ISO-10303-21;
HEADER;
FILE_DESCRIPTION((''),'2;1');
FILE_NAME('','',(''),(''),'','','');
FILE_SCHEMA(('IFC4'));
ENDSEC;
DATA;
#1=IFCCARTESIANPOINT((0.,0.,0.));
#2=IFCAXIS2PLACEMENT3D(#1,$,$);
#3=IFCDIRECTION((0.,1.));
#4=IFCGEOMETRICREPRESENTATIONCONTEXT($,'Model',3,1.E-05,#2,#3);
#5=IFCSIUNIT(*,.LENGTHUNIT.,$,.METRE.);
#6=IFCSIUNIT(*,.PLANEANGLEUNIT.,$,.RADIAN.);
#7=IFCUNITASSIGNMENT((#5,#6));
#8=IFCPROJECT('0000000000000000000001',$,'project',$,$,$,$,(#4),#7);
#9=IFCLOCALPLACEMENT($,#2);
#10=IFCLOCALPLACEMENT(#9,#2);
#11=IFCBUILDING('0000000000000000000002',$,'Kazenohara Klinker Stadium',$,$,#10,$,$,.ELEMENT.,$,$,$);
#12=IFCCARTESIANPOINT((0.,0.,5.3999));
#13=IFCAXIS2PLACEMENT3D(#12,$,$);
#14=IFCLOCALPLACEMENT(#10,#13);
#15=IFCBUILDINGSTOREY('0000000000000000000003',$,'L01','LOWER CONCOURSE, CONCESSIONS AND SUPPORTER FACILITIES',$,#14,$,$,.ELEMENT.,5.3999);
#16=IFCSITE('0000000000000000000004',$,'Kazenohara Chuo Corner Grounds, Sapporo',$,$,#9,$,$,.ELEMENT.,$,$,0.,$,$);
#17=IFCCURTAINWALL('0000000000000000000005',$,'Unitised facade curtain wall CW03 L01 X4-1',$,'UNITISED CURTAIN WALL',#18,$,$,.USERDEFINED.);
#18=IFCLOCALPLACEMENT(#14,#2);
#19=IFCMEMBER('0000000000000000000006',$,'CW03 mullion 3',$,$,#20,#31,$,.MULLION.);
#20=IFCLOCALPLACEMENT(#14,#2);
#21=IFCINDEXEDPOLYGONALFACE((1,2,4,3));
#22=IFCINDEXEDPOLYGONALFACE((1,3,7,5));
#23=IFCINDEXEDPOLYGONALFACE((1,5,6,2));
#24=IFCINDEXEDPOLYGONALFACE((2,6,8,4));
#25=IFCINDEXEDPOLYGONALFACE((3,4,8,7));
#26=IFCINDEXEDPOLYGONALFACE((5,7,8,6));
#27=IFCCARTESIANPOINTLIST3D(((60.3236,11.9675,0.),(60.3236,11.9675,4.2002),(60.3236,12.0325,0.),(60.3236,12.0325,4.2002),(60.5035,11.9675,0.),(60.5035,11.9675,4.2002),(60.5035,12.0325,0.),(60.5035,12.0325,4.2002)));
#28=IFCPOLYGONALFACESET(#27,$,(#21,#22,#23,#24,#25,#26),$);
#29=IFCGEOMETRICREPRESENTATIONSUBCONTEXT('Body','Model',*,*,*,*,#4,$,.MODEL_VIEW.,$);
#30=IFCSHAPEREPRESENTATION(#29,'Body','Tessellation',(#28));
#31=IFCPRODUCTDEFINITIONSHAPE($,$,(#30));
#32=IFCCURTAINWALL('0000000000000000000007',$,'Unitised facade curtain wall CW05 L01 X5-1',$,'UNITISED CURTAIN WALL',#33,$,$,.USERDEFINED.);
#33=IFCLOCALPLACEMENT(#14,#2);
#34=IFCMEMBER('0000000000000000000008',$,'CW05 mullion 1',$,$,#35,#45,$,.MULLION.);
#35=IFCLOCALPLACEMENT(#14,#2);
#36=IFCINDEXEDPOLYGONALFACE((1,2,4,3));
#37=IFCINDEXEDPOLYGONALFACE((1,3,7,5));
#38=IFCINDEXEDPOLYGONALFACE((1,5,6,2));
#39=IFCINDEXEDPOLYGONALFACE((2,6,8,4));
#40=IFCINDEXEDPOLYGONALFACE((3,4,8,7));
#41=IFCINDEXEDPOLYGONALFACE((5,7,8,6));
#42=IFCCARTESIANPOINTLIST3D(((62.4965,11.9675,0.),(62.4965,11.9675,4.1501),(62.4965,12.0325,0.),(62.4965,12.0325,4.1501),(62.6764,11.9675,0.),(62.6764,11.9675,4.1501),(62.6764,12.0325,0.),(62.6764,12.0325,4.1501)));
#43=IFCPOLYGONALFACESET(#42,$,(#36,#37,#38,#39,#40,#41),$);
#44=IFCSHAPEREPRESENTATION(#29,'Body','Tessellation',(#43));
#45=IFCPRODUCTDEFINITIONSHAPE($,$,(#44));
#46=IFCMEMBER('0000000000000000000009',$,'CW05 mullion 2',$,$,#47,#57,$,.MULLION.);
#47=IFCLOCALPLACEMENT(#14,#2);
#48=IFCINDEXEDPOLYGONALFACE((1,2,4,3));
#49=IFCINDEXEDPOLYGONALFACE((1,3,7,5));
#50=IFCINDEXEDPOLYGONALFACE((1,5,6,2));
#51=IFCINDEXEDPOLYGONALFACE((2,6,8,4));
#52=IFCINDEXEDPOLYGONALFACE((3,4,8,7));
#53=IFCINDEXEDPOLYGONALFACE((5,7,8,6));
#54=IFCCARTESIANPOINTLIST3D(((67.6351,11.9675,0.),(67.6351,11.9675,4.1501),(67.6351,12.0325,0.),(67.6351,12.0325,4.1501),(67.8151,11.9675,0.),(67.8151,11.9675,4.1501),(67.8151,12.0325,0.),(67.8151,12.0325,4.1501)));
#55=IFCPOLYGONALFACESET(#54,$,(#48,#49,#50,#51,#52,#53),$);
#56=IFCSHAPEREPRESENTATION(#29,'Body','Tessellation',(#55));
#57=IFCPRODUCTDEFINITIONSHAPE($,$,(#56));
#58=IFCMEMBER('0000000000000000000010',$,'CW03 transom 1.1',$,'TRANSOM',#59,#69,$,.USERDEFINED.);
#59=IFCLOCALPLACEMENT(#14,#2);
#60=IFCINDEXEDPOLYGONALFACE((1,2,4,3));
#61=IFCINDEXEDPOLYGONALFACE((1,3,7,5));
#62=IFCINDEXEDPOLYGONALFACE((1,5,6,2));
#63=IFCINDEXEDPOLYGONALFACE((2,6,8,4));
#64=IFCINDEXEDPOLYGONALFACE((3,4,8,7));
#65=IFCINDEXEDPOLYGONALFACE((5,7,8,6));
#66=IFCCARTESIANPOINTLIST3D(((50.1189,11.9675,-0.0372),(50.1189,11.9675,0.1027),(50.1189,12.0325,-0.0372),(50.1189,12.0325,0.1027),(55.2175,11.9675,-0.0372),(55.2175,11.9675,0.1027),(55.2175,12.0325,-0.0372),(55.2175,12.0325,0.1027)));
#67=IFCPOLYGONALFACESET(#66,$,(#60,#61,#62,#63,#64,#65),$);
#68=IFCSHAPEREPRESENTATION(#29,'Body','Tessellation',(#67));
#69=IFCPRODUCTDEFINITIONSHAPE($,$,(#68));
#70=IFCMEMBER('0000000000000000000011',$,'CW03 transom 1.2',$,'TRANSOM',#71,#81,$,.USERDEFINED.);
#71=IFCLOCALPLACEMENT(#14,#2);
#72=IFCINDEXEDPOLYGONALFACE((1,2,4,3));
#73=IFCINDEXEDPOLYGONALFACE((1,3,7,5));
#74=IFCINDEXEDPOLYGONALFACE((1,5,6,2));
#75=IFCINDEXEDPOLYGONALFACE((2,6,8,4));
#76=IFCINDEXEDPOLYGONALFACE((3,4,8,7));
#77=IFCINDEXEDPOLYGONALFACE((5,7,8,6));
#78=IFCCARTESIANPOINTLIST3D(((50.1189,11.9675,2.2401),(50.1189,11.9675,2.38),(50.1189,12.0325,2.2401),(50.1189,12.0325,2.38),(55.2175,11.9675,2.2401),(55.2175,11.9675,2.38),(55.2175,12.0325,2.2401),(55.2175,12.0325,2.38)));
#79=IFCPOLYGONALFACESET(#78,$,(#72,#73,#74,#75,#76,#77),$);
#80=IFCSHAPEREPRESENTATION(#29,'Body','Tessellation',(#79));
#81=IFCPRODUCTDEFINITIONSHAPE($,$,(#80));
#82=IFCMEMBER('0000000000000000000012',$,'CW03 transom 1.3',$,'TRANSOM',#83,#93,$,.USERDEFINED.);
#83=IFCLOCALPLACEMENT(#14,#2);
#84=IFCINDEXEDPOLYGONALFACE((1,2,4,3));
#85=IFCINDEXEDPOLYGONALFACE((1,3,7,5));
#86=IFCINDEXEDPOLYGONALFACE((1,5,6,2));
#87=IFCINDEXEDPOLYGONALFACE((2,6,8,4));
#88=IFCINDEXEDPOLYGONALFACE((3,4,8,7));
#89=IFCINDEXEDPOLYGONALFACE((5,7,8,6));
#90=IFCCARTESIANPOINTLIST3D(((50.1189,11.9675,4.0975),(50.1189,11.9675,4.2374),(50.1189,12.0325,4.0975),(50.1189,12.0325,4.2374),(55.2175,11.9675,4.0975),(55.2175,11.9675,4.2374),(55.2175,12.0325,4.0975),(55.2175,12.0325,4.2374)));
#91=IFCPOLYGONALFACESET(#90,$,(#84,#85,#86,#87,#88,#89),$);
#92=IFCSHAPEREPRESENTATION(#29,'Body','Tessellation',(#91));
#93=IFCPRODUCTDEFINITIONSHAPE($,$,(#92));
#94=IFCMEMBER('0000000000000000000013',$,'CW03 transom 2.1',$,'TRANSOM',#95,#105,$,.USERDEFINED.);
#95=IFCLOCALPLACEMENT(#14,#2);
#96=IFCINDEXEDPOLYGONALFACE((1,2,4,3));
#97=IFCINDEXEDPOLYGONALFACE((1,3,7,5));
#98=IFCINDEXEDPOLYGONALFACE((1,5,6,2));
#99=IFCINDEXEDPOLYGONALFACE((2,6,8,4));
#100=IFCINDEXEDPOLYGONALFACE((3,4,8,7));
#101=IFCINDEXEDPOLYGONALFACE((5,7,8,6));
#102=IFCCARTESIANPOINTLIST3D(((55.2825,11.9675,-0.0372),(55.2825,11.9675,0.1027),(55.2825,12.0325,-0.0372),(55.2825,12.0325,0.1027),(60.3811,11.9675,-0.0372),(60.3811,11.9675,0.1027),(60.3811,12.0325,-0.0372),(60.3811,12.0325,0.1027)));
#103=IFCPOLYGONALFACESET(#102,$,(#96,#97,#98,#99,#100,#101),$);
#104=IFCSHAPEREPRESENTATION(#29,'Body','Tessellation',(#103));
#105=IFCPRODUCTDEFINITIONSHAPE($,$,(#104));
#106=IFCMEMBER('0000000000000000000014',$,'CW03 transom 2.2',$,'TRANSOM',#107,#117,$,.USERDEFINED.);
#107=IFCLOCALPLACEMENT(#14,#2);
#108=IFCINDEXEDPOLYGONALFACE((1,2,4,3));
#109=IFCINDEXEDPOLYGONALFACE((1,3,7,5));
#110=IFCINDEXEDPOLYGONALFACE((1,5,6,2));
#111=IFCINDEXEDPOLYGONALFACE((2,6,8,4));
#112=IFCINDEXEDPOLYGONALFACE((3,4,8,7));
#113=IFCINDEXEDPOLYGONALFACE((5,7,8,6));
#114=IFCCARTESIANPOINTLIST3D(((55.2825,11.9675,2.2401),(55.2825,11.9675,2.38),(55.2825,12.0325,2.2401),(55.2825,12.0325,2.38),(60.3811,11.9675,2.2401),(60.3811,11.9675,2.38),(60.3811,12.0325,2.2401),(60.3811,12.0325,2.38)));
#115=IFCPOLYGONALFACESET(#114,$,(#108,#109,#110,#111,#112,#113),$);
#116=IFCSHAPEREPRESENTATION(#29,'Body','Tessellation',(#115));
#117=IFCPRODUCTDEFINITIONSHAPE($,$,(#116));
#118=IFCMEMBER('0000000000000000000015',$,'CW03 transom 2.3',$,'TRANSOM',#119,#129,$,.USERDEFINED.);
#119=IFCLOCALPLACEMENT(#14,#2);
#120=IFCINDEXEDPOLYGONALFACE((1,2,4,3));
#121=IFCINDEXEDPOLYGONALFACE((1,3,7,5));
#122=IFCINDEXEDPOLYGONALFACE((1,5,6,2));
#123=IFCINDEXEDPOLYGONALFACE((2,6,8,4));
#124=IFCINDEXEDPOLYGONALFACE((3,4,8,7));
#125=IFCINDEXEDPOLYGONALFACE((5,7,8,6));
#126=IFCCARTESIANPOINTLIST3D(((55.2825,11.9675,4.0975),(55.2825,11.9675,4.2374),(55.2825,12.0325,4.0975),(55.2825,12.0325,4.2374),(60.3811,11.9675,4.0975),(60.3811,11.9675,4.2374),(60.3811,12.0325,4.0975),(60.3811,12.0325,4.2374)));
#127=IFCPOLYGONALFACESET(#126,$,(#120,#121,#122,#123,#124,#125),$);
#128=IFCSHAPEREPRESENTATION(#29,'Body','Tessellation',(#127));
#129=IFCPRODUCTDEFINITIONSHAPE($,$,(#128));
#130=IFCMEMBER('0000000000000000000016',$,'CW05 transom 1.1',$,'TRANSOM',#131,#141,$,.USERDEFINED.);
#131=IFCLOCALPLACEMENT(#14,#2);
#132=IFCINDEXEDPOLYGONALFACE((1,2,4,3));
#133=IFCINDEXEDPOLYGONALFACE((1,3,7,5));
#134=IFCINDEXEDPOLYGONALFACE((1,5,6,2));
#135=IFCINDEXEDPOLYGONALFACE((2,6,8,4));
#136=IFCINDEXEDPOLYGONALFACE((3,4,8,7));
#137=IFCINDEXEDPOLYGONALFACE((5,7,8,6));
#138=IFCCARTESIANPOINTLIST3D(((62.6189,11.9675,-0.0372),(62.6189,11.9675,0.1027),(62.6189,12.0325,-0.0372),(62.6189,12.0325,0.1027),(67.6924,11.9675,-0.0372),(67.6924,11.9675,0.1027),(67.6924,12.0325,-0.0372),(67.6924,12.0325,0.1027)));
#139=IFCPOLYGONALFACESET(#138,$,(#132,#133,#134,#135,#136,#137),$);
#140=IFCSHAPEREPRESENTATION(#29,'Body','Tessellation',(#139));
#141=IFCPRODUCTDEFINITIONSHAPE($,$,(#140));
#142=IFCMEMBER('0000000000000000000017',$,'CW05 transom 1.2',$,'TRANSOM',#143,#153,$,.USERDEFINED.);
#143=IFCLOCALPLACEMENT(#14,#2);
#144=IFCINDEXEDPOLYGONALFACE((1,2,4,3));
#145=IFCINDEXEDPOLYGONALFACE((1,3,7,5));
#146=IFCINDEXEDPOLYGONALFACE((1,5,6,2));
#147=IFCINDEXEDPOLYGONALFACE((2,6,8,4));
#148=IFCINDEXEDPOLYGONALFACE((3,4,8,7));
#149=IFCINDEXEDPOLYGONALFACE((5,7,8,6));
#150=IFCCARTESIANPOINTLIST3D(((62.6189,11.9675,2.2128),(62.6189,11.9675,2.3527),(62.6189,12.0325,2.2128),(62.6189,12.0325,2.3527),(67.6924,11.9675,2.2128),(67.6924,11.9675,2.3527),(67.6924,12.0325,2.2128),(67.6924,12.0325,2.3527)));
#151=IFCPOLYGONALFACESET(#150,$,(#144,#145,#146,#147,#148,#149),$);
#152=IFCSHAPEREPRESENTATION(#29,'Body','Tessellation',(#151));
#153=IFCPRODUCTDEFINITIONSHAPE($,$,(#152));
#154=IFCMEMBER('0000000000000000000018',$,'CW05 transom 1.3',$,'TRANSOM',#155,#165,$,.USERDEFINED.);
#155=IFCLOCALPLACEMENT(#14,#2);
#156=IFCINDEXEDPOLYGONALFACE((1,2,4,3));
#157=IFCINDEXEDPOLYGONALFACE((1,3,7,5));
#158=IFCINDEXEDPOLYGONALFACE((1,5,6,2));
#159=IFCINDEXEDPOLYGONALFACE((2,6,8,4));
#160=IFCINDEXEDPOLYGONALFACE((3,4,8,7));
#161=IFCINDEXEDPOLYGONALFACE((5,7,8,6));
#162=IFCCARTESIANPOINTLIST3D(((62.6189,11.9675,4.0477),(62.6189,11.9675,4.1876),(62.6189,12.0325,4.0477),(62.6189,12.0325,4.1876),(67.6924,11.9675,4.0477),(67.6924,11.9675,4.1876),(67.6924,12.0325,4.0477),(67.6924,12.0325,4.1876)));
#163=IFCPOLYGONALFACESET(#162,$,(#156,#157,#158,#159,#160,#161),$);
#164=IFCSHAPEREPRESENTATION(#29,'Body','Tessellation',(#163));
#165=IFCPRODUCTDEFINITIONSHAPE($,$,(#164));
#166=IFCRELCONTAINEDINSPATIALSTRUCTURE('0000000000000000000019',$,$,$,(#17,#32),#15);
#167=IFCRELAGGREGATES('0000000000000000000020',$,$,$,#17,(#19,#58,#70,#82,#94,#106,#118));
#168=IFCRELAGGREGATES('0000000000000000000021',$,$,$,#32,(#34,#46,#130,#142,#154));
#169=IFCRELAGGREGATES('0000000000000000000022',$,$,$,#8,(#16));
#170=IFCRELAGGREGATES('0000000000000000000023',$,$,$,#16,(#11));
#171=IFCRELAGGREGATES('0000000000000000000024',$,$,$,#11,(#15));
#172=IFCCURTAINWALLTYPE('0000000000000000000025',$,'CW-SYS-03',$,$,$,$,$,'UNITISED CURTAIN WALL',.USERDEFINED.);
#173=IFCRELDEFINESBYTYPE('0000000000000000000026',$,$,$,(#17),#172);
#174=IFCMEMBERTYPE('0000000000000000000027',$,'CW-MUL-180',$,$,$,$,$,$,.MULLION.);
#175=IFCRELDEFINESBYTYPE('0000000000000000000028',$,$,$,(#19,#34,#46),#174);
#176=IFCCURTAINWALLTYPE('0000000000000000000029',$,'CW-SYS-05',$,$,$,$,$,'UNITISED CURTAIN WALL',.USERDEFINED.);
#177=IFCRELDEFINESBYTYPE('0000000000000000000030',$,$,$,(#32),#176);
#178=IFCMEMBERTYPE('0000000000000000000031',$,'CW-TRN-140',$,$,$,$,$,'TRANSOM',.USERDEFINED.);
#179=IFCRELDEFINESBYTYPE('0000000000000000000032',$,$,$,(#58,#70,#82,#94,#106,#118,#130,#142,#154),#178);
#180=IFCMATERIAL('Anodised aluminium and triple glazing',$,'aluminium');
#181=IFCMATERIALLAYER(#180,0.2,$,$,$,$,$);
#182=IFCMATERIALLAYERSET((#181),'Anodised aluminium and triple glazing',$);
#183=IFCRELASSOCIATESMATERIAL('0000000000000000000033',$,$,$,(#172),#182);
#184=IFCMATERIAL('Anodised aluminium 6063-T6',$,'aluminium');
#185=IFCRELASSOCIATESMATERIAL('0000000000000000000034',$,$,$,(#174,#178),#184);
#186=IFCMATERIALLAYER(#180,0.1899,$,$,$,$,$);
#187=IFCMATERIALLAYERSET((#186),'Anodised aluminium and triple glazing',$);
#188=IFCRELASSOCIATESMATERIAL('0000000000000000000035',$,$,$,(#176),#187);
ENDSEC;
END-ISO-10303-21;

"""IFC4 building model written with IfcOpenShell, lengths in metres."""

from ifc_helpers import new_model, si_unit, direction, frame, origin, origin_2d, place, context, subcontext, project, spatial, rectangle, extrude, material, layer, layer_set, material_profile, profile_set, type_object, element, aggregate, save


model = new_model("IFC4")

# Units and contexts
model_context = context("Model", 3, precision=1e-05, world=origin(), true_north=direction((0.0, 1.0)))
body_context = subcontext(model_context, "Body", "Model", "MODEL_VIEW")
ifc_project = project(units=[si_unit("LENGTHUNIT", "METRE"), si_unit("PLANEANGLEUNIT", "RADIAN")], contexts=[model_context])

# Site, building, storey
site_placement = place(None, origin())
site = spatial("IfcSite", under=ifc_project, at=site_placement, Name="Kazenohara Chuo Corner Grounds, Sapporo", CompositionType="ELEMENT", RefElevation=0.0)
building_placement = place(site_placement, origin())
building = spatial("IfcBuilding", under=site, at=building_placement, Name="Kazenohara Klinker Stadium", CompositionType="ELEMENT")
storey_placement = place(building_placement, frame((0.0, 0.0, 5.3999)))
storey = spatial("IfcBuildingStorey", under=building, at=storey_placement, Name="L01", Description="LOWER CONCOURSE, CONCESSIONS AND SUPPORTER FACILITIES", CompositionType="ELEMENT", Elevation=5.3999)

# Curtain walls, members
ifc_material_1 = material(Name="Anodised aluminium and triple glazing", Category="aluminium")
ifc_layer_1 = layer(ifc_material_1, 0.2)
ifc_layer_set_1 = layer_set([ifc_layer_1], Name="Anodised aluminium and triple glazing")
curtain_wall_type_1 = type_object("IfcCurtainWallType", Name="CW-SYS-03", ElementType="UNITISED CURTAIN WALL", PredefinedType="USERDEFINED", material=ifc_layer_set_1)
curtain_wall_1_placement = place(storey_placement, origin())
curtain_wall_1 = element("IfcCurtainWall", 1, at=curtain_wall_1_placement, inside=storey, type_object=curtain_wall_type_1, Name="Unitised facade curtain wall CW03 L01 X4-1", ObjectType="UNITISED CURTAIN WALL", PredefinedType="USERDEFINED")
ifc_material_2 = material(Name="Anodised aluminium 6063-T6", Category="aluminium")
ifc_material_profile_1 = material_profile(ifc_material_2, rectangle(XDim=0.0649, YDim=0.1799, at=origin_2d()), Name="ALU-MUL-65x180")
ifc_profile_set_1 = profile_set([ifc_material_profile_1], Name="Anodised aluminium 6063-T6")
member_type_1 = type_object("IfcMemberType", Name="CW-MUL-180", PredefinedType="MULLION", material=ifc_profile_set_1)
member_1_placement = place(storey_placement, frame((60.4136, 12.0, 0.0), z_axis=(0.0, 0.0, 1.0), x_axis=(0.0, 1.0, 0.0)))
member_1 = element("IfcMember", 2, at=member_1_placement, type_object=member_type_1, Name="CW03 mullion 3", PredefinedType="MULLION", context=body_context, shape_type="SweptSolid", body=[
    extrude(rectangle(XDim=0.0649, YDim=0.1799, at=origin_2d()), origin(), (0.0, 0.0, 1.0), 4.2002),
])
ifc_layer_2 = layer(ifc_material_1, 0.1899)
ifc_layer_set_2 = layer_set([ifc_layer_2], Name="Anodised aluminium and triple glazing")
curtain_wall_type_2 = type_object("IfcCurtainWallType", Name="CW-SYS-05", ElementType="UNITISED CURTAIN WALL", PredefinedType="USERDEFINED", material=ifc_layer_set_2)
curtain_wall_2_placement = place(storey_placement, origin())
curtain_wall_2 = element("IfcCurtainWall", 3, at=curtain_wall_2_placement, inside=storey, type_object=curtain_wall_type_2, Name="Unitised facade curtain wall CW05 L01 X5-1", ObjectType="UNITISED CURTAIN WALL", PredefinedType="USERDEFINED")
member_2_placement = place(storey_placement, frame((62.5864, 12.0, 0.0), z_axis=(0.0, 0.0, 1.0), x_axis=(0.0, 1.0, 0.0)))
member_2 = element("IfcMember", 4, at=member_2_placement, type_object=member_type_1, Name="CW05 mullion 1", PredefinedType="MULLION", context=body_context, shape_type="SweptSolid", body=[
    extrude(rectangle(XDim=0.0649, YDim=0.1799, at=origin_2d()), origin(), (0.0, 0.0, 1.0), 4.1501),
])
member_3_placement = place(storey_placement, frame((67.7251, 12.0, 0.0), z_axis=(0.0, 0.0, 1.0), x_axis=(0.0, 1.0, 0.0)))
member_3 = element("IfcMember", 5, at=member_3_placement, type_object=member_type_1, Name="CW05 mullion 2", PredefinedType="MULLION", context=body_context, shape_type="SweptSolid", body=[
    extrude(rectangle(XDim=0.0649, YDim=0.1799, at=origin_2d()), origin(), (0.0, 0.0, 1.0), 4.1501),
])

# Members
ifc_material_profile_2 = material_profile(ifc_material_2, rectangle(XDim=0.0649, YDim=0.1399, at=origin_2d()), Name="ALU-TRN-65x140")
ifc_profile_set_2 = profile_set([ifc_material_profile_2], Name="Anodised aluminium 6063-T6")
member_type_2 = type_object("IfcMemberType", Name="CW-TRN-140", ElementType="TRANSOM", PredefinedType="USERDEFINED", material=ifc_profile_set_2)
member_4_placement = place(storey_placement, frame((50.1189, 12.0, 0.0327), z_axis=(1.0, 0.0, 0.0), x_axis=(0.0, 1.0, 0.0)))
member_4 = element("IfcMember", 6, at=member_4_placement, type_object=member_type_2, Name="CW03 transom 1.1", ObjectType="TRANSOM", PredefinedType="USERDEFINED", context=body_context, shape_type="SweptSolid", body=[
    extrude(rectangle(XDim=0.0649, YDim=0.1399, at=origin_2d()), origin(), (0.0, 0.0, 1.0), 5.0986),
])
member_5_placement = place(storey_placement, frame((50.1189, 12.0, 2.3101), z_axis=(1.0, 0.0, 0.0), x_axis=(0.0, 1.0, 0.0)))
member_5 = element("IfcMember", 7, at=member_5_placement, type_object=member_type_2, Name="CW03 transom 1.2", ObjectType="TRANSOM", PredefinedType="USERDEFINED", context=body_context, shape_type="SweptSolid", body=[
    extrude(rectangle(XDim=0.0649, YDim=0.1399, at=origin_2d()), origin(), (0.0, 0.0, 1.0), 5.0986),
])
member_6_placement = place(storey_placement, frame((50.1189, 12.0, 4.1675), z_axis=(1.0, 0.0, 0.0), x_axis=(0.0, 1.0, 0.0)))
member_6 = element("IfcMember", 8, at=member_6_placement, type_object=member_type_2, Name="CW03 transom 1.3", ObjectType="TRANSOM", PredefinedType="USERDEFINED", context=body_context, shape_type="SweptSolid", body=[
    extrude(rectangle(XDim=0.0649, YDim=0.1399, at=origin_2d()), origin(), (0.0, 0.0, 1.0), 5.0986),
])
member_7_placement = place(storey_placement, frame((55.2825, 12.0, 0.0327), z_axis=(1.0, 0.0, 0.0), x_axis=(0.0, 1.0, 0.0)))
member_7 = element("IfcMember", 9, at=member_7_placement, type_object=member_type_2, Name="CW03 transom 2.1", ObjectType="TRANSOM", PredefinedType="USERDEFINED", context=body_context, shape_type="SweptSolid", body=[
    extrude(rectangle(XDim=0.0649, YDim=0.1399, at=origin_2d()), origin(), (0.0, 0.0, 1.0), 5.0986),
])
member_8_placement = place(storey_placement, frame((55.2825, 12.0, 2.3101), z_axis=(1.0, 0.0, 0.0), x_axis=(0.0, 1.0, 0.0)))
member_8 = element("IfcMember", 10, at=member_8_placement, type_object=member_type_2, Name="CW03 transom 2.2", ObjectType="TRANSOM", PredefinedType="USERDEFINED", context=body_context, shape_type="SweptSolid", body=[
    extrude(rectangle(XDim=0.0649, YDim=0.1399, at=origin_2d()), origin(), (0.0, 0.0, 1.0), 5.0986),
])
member_9_placement = place(storey_placement, frame((55.2825, 12.0, 4.1675), z_axis=(1.0, 0.0, 0.0), x_axis=(0.0, 1.0, 0.0)))
member_9 = element("IfcMember", 11, at=member_9_placement, type_object=member_type_2, Name="CW03 transom 2.3", ObjectType="TRANSOM", PredefinedType="USERDEFINED", context=body_context, shape_type="SweptSolid", body=[
    extrude(rectangle(XDim=0.0649, YDim=0.1399, at=origin_2d()), origin(), (0.0, 0.0, 1.0), 5.0986),
])
member_10_placement = place(storey_placement, frame((62.6189, 12.0, 0.0327), z_axis=(1.0, 0.0, 0.0), x_axis=(0.0, 1.0, 0.0)))
member_10 = element("IfcMember", 12, at=member_10_placement, type_object=member_type_2, Name="CW05 transom 1.1", ObjectType="TRANSOM", PredefinedType="USERDEFINED", context=body_context, shape_type="SweptSolid", body=[
    extrude(rectangle(XDim=0.0649, YDim=0.1399, at=origin_2d()), origin(), (0.0, 0.0, 1.0), 5.0735),
])
member_11_placement = place(storey_placement, frame((62.6189, 12.0, 2.2827), z_axis=(1.0, 0.0, 0.0), x_axis=(0.0, 1.0, 0.0)))
member_11 = element("IfcMember", 13, at=member_11_placement, type_object=member_type_2, Name="CW05 transom 1.2", ObjectType="TRANSOM", PredefinedType="USERDEFINED", context=body_context, shape_type="SweptSolid", body=[
    extrude(rectangle(XDim=0.0649, YDim=0.1399, at=origin_2d()), origin(), (0.0, 0.0, 1.0), 5.0735),
])
member_12_placement = place(storey_placement, frame((62.6189, 12.0, 4.1177), z_axis=(1.0, 0.0, 0.0), x_axis=(0.0, 1.0, 0.0)))
member_12 = element("IfcMember", 14, at=member_12_placement, type_object=member_type_2, Name="CW05 transom 1.3", ObjectType="TRANSOM", PredefinedType="USERDEFINED", context=body_context, shape_type="SweptSolid", body=[
    extrude(rectangle(XDim=0.0649, YDim=0.1399, at=origin_2d()), origin(), (0.0, 0.0, 1.0), 5.0735),
])

aggregate(curtain_wall_1, [member_1, member_4, member_5, member_6, member_7, member_8, member_9])
aggregate(curtain_wall_2, [member_2, member_3, member_10, member_11, member_12])

save(model, "model.ifc")
